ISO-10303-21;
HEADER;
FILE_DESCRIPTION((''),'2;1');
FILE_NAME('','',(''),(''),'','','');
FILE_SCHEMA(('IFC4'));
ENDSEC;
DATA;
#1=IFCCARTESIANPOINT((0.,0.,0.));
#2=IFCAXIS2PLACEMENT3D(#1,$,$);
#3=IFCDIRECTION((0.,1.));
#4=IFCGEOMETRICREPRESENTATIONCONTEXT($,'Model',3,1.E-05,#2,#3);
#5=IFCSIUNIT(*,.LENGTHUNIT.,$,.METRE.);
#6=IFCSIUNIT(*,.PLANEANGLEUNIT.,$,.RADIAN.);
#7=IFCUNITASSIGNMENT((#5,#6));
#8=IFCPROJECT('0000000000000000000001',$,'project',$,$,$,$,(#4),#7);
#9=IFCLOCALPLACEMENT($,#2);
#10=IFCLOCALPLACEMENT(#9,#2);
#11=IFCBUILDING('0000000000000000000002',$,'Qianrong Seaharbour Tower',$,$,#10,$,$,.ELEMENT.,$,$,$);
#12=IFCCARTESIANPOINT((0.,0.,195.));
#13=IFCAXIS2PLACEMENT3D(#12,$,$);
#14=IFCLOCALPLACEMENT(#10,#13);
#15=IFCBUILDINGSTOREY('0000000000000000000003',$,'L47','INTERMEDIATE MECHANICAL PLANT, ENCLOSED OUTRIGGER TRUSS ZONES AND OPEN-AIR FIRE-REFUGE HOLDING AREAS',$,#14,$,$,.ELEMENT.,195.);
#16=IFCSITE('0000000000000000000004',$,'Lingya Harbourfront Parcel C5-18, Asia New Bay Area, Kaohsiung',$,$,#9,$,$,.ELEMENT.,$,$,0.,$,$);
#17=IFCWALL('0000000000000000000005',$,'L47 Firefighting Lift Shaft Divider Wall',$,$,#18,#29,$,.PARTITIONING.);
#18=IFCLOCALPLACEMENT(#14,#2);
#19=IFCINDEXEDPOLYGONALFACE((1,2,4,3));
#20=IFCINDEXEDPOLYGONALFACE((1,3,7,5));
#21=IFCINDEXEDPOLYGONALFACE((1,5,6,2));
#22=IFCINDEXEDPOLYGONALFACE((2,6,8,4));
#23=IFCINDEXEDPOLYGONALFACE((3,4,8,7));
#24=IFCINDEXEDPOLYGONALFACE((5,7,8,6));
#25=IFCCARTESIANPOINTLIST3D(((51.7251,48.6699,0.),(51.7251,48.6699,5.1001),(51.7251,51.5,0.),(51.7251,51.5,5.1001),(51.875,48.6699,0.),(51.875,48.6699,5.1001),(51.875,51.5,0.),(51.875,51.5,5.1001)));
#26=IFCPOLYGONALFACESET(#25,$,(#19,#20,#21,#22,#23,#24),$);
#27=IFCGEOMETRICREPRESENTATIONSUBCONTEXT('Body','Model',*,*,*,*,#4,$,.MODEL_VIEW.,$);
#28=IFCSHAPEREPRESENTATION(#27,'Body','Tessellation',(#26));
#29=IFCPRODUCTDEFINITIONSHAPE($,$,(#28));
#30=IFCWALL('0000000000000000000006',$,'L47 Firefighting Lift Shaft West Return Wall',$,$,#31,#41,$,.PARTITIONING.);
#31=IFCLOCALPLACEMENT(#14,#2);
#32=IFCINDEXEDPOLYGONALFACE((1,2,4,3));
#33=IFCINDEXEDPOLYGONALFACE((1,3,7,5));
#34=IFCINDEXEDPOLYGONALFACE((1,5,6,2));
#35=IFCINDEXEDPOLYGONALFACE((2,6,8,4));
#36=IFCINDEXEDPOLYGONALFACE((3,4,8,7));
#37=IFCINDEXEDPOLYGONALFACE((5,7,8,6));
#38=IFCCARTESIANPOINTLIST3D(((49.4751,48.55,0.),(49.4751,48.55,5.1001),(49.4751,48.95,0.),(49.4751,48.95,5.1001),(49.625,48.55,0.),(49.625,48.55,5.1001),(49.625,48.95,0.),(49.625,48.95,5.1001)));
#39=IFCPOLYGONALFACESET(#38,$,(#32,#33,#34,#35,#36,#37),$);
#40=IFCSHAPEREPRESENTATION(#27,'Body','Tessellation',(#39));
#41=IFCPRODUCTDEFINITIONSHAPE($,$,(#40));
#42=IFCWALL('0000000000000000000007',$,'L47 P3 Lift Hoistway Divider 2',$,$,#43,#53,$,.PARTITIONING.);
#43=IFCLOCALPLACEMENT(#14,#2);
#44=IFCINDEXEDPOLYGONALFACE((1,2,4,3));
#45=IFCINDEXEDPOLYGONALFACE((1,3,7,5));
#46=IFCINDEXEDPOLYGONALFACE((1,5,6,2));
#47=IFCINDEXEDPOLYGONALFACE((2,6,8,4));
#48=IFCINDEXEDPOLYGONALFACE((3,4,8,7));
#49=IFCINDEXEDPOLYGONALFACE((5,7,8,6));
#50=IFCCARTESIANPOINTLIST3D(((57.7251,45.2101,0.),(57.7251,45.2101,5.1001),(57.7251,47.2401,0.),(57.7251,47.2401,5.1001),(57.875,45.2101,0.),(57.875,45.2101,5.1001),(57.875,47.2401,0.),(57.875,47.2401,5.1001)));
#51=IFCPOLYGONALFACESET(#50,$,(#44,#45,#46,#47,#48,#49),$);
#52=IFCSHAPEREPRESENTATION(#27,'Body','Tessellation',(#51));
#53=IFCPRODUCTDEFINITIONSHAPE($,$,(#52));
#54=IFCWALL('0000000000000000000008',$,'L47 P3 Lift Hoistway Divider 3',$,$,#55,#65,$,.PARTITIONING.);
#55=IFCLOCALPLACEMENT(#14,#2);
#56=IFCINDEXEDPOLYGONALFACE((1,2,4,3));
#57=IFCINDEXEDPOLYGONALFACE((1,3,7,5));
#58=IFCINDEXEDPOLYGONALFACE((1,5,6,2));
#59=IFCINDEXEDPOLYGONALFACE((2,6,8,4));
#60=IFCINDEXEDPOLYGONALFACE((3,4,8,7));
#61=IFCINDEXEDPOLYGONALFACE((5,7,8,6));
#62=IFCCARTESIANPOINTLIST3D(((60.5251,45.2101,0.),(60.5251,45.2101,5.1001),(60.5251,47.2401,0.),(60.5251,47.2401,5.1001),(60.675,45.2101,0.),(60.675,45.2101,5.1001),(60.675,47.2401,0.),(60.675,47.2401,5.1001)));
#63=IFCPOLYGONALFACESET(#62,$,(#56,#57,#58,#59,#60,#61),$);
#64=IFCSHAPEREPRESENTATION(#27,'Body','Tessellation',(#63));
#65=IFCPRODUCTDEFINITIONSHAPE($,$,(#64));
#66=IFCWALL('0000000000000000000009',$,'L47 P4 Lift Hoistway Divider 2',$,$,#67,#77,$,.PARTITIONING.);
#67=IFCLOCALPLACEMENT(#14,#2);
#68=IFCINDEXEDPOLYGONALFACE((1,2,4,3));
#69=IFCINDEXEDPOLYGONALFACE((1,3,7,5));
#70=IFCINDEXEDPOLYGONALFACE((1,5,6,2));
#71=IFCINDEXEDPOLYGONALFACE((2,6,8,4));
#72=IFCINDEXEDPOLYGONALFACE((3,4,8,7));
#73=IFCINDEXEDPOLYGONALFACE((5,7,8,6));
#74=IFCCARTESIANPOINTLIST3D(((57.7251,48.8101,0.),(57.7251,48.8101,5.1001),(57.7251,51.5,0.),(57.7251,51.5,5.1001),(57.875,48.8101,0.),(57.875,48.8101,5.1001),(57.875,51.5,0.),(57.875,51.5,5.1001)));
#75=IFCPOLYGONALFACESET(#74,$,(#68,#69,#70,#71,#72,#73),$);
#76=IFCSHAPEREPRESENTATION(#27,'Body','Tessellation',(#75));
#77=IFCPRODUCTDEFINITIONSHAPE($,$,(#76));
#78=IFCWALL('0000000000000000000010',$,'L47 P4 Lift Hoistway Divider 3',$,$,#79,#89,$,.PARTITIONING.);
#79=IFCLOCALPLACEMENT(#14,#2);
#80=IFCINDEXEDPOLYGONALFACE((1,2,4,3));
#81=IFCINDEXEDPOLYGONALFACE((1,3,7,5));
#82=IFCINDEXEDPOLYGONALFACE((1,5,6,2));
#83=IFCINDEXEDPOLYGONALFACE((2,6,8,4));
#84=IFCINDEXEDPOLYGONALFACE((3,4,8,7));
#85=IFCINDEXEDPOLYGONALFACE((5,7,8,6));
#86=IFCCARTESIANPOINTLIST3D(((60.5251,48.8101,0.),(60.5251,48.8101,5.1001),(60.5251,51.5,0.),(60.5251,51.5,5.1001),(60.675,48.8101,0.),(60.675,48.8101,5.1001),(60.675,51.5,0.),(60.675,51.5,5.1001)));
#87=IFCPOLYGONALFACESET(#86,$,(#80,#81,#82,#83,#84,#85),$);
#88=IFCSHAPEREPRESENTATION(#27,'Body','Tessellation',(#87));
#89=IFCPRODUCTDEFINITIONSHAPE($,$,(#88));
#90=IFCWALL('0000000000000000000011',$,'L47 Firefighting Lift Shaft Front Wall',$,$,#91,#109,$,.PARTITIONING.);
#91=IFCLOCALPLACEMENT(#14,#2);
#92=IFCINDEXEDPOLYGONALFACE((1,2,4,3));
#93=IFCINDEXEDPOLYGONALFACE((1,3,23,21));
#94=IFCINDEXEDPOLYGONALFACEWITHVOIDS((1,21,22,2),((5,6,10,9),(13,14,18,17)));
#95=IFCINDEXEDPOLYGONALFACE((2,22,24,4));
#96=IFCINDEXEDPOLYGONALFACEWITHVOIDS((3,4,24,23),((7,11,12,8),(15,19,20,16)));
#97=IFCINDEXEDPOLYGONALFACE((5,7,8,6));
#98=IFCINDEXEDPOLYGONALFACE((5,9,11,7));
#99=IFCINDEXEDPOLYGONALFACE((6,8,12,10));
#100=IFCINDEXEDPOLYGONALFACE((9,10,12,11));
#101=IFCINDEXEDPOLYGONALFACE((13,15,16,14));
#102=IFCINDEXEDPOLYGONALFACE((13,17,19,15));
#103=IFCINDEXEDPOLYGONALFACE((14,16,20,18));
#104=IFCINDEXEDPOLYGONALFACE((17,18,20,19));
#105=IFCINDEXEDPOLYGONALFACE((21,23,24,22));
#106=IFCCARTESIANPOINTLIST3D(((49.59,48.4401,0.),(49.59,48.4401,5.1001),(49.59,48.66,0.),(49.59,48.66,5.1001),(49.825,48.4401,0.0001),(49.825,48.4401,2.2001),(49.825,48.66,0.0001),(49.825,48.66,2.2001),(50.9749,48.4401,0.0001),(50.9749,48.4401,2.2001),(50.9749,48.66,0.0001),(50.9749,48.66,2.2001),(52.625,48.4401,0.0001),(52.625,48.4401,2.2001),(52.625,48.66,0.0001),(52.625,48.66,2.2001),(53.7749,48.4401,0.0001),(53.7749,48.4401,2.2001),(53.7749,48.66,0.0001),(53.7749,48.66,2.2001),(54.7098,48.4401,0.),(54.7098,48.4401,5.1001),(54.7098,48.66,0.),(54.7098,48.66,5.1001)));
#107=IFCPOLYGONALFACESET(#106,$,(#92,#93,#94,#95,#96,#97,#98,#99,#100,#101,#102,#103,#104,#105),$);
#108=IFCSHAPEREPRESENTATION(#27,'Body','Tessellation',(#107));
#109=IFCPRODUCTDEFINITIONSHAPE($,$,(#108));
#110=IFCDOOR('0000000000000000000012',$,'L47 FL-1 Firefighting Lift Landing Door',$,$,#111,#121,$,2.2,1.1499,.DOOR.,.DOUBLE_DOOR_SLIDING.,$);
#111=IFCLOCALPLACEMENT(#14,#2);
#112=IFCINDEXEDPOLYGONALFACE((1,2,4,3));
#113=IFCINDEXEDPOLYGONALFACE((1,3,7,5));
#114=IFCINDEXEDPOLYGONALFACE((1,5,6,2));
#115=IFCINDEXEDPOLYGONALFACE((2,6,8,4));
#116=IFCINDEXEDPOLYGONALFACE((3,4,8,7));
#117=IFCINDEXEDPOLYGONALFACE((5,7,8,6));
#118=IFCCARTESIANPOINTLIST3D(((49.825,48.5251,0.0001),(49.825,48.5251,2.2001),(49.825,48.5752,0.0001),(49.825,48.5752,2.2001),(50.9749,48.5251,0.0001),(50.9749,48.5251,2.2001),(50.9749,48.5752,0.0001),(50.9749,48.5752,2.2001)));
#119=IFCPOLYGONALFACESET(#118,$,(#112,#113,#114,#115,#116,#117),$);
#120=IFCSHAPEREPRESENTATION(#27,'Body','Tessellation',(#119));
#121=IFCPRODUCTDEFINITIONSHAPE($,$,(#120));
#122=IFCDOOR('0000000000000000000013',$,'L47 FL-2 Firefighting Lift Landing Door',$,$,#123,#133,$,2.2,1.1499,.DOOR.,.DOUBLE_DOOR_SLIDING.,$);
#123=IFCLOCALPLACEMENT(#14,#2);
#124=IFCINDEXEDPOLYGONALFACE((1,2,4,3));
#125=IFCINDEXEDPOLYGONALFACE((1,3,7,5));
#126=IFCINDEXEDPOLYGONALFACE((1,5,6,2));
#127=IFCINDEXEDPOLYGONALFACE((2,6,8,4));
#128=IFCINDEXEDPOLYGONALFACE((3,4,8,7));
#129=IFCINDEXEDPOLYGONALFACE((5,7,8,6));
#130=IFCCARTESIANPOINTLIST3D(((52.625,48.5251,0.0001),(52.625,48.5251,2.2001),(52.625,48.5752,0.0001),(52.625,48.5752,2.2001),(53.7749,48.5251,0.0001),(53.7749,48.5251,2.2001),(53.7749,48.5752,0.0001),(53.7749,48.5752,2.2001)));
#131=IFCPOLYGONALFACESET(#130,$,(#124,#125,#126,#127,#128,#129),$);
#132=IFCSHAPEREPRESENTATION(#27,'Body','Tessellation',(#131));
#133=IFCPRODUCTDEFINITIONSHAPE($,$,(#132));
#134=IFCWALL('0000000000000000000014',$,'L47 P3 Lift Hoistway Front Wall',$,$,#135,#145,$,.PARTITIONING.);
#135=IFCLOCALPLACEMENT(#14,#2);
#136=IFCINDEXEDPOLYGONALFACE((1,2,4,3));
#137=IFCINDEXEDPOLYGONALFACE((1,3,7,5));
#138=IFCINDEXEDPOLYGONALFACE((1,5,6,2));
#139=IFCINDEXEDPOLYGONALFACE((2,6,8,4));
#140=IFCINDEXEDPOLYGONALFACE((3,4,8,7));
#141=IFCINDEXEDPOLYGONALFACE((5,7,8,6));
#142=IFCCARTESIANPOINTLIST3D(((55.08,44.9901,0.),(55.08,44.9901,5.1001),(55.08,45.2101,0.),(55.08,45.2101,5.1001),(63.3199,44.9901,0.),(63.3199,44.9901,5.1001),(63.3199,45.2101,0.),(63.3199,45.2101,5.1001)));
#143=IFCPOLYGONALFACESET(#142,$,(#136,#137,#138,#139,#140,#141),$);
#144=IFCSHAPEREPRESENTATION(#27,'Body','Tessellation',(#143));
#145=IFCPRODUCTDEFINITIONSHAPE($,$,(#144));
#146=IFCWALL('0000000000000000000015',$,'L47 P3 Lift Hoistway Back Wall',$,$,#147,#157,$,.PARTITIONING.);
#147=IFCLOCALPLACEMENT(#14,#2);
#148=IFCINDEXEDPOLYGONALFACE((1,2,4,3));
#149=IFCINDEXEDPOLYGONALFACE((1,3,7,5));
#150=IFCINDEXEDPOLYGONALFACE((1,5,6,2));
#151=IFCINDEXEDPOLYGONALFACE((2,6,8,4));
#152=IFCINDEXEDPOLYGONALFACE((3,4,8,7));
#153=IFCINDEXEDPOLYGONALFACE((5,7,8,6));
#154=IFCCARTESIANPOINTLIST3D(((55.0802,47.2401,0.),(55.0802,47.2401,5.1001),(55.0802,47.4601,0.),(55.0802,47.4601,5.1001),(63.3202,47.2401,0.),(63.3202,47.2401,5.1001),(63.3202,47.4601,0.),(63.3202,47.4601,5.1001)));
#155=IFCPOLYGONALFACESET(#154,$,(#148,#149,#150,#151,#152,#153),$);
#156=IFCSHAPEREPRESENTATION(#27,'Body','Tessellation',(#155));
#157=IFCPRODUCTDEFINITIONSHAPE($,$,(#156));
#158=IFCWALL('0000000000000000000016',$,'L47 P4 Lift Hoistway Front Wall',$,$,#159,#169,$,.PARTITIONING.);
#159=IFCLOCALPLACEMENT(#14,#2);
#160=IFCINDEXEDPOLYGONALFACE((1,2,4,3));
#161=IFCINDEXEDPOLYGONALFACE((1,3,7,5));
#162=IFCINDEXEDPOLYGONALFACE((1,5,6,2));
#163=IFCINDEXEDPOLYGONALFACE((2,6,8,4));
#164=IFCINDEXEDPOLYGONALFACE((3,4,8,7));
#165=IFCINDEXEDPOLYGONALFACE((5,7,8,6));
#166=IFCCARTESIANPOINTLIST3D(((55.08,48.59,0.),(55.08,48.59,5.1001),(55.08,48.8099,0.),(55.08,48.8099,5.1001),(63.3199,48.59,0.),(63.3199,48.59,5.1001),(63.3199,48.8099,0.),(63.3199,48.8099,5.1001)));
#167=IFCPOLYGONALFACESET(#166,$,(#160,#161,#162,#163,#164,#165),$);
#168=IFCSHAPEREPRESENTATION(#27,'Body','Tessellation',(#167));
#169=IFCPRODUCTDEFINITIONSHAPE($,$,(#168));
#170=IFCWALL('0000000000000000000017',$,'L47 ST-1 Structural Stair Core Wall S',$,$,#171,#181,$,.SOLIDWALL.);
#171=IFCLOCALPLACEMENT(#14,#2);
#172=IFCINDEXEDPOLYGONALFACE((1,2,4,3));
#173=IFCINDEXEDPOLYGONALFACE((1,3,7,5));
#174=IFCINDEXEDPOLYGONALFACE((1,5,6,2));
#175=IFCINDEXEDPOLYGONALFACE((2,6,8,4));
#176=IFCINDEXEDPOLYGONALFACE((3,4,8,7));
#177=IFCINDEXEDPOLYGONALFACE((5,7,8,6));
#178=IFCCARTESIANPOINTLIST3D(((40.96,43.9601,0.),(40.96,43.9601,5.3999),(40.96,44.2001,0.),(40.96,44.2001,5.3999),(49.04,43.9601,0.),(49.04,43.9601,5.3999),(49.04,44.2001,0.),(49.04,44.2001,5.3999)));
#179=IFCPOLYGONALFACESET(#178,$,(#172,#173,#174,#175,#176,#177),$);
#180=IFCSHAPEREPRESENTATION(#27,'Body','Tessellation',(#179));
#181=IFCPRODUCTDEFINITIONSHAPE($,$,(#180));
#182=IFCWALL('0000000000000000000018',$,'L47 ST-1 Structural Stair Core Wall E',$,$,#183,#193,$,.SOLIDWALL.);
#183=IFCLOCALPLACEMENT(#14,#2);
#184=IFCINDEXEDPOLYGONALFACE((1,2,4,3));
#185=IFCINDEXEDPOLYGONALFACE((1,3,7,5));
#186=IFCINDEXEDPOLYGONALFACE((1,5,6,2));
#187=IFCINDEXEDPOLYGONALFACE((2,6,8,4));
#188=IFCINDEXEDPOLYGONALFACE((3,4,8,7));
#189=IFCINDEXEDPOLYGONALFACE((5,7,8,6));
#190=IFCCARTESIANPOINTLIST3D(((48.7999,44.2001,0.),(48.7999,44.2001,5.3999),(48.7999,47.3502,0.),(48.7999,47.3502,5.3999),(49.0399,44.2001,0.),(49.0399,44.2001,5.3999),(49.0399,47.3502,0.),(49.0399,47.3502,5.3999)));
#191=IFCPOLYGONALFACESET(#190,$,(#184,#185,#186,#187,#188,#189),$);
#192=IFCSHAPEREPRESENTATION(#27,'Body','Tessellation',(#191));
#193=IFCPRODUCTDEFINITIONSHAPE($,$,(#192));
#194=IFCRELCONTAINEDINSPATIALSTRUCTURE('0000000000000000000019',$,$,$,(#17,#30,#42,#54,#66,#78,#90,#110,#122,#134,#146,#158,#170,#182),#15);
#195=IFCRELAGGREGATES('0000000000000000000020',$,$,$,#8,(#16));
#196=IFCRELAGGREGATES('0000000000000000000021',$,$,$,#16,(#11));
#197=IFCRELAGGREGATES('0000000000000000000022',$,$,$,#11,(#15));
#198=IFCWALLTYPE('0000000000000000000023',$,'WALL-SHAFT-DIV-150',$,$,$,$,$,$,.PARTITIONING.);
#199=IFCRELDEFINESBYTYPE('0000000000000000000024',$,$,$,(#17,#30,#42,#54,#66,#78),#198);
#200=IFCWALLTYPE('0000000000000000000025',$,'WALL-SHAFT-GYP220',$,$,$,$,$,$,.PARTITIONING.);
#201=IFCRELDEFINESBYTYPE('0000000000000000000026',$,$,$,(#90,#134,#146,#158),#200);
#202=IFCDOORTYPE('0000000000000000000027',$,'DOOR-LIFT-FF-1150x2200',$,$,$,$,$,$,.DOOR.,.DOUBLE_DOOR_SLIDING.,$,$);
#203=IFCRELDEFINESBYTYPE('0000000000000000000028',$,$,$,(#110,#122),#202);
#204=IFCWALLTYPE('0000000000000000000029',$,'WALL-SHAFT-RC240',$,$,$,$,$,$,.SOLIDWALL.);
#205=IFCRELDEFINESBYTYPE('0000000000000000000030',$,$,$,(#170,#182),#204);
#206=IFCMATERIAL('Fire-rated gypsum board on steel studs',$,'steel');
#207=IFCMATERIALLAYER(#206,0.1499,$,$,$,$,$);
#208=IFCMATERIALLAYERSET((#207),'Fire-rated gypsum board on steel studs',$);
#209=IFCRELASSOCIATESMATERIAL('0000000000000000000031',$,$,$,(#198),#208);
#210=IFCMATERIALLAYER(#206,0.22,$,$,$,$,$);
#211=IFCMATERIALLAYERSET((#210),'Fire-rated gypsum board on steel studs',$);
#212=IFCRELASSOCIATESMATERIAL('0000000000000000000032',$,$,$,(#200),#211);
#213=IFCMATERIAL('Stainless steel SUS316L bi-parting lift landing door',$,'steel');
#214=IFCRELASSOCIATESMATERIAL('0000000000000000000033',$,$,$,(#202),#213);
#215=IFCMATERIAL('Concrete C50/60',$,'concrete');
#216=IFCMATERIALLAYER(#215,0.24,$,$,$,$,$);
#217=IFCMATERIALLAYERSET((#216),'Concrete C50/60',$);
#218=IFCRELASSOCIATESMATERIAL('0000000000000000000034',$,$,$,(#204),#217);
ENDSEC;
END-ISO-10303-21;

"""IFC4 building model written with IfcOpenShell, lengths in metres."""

from ifc_helpers import new_model, si_unit, direction, frame, frame_2d, origin, place, context, subcontext, project, spatial, rectangle, extrude, material, layer, layer_set, type_object, element, fill, save


model = new_model("IFC4")

# Units and contexts
model_context = context("Model", 3, precision=1e-05, world=origin(), true_north=direction((0.0, 1.0)))
body_context = subcontext(model_context, "Body", "Model", "MODEL_VIEW")
ifc_project = project(units=[si_unit("LENGTHUNIT", "METRE"), si_unit("PLANEANGLEUNIT", "RADIAN")], contexts=[model_context])

# Site, building, storey
site_placement = place(None, origin())
site = spatial("IfcSite", under=ifc_project, at=site_placement, Name="Lingya Harbourfront Parcel C5-18, Asia New Bay Area, Kaohsiung", CompositionType="ELEMENT", RefElevation=0.0)
building_placement = place(site_placement, origin())
building = spatial("IfcBuilding", under=site, at=building_placement, Name="Qianrong Seaharbour Tower", CompositionType="ELEMENT")
storey_placement = place(building_placement, frame((0.0, 0.0, 195.0)))
storey = spatial("IfcBuildingStorey", under=building, at=storey_placement, Name="L47", Description="INTERMEDIATE MECHANICAL PLANT, ENCLOSED OUTRIGGER TRUSS ZONES AND OPEN-AIR FIRE-REFUGE HOLDING AREAS", CompositionType="ELEMENT", Elevation=195.0)

# Walls
ifc_material_1 = material(Name="Fire-rated gypsum board on steel studs", Category="steel")
ifc_layer_1 = layer(ifc_material_1, 0.1499)
ifc_layer_set_1 = layer_set([ifc_layer_1], Name="Fire-rated gypsum board on steel studs")
wall_type_1 = type_object("IfcWallType", Name="WALL-SHAFT-DIV-150", PredefinedType="PARTITIONING", material=ifc_layer_set_1)
wall_1_placement = place(storey_placement, frame((51.8, 48.6699, 0.0), z_axis=(0.0, 0.0, 1.0), x_axis=(0.0, 1.0, 0.0)))
element("IfcWall", 1, at=wall_1_placement, inside=storey, type_object=wall_type_1, Name="L47 Firefighting Lift Shaft Divider Wall", PredefinedType="PARTITIONING", context=body_context, shape_type="SweptSolid", body=[
    extrude(rectangle(XDim=2.8301, YDim=0.1499, at=frame_2d((1.415, 0.0))), origin(), (0.0, 0.0, 1.0), 5.1001),
])
wall_2_placement = place(storey_placement, frame((49.55, 48.55, 0.0), z_axis=(0.0, 0.0, 1.0), x_axis=(0.0, 1.0, 0.0)))
element("IfcWall", 2, at=wall_2_placement, inside=storey, type_object=wall_type_1, Name="L47 Firefighting Lift Shaft West Return Wall", PredefinedType="PARTITIONING", context=body_context, shape_type="SweptSolid", body=[
    extrude(rectangle(XDim=0.3999, YDim=0.1499, at=frame_2d((0.2, 0.0))), origin(), (0.0, 0.0, 1.0), 5.1001),
])
for number, where, z_axis, x_axis, name in (
    (3, (57.8, 45.21, 0.0), (0.0, 0.0, 1.0), (0.0, 1.0, 0.0), "L47 P3 Lift Hoistway Divider 2"),
    (4, (60.6001, 45.21, 0.0), (0.0, 0.0, 1.0), (0.0, 1.0, 0.0), "L47 P3 Lift Hoistway Divider 3"),
):
    element("IfcWall", number, at=place(storey_placement, frame(where, z_axis=z_axis, x_axis=x_axis)), inside=storey, type_object=wall_type_1, Name=name, PredefinedType="PARTITIONING", context=body_context, shape_type="SweptSolid", body=[
        extrude(rectangle(XDim=2.03, YDim=0.1499, at=frame_2d((1.0151, 0.0))), origin(), (0.0, 0.0, 1.0), 5.1001),
    ])
for number, where, z_axis, x_axis, name in (
    (5, (57.8, 48.8101, 0.0), (0.0, 0.0, 1.0), (0.0, 1.0, 0.0), "L47 P4 Lift Hoistway Divider 2"),
    (6, (60.6001, 48.8101, 0.0), (0.0, 0.0, 1.0), (0.0, 1.0, 0.0), "L47 P4 Lift Hoistway Divider 3"),
):
    element("IfcWall", number, at=place(storey_placement, frame(where, z_axis=z_axis, x_axis=x_axis)), inside=storey, type_object=wall_type_1, Name=name, PredefinedType="PARTITIONING", context=body_context, shape_type="SweptSolid", body=[
        extrude(rectangle(XDim=2.6899, YDim=0.1499, at=frame_2d((1.345, 0.0))), origin(), (0.0, 0.0, 1.0), 5.1001),
    ])

# Wall, openings, doors
ifc_layer_2 = layer(ifc_material_1, 0.22)
ifc_layer_set_2 = layer_set([ifc_layer_2], Name="Fire-rated gypsum board on steel studs")
wall_type_2 = type_object("IfcWallType", Name="WALL-SHAFT-GYP220", PredefinedType="PARTITIONING", material=ifc_layer_set_2)
wall_3_placement = place(storey_placement, frame((54.71, 48.55, 0.0), z_axis=(0.0, 0.0, 1.0), x_axis=(-1.0, 0.0, 0.0)))
wall_3 = element("IfcWall", 7, at=wall_3_placement, inside=storey, type_object=wall_type_2, Name="L47 Firefighting Lift Shaft Front Wall", PredefinedType="PARTITIONING", context=body_context, shape_type="SweptSolid", body=[
    extrude(rectangle(XDim=5.1199, YDim=0.22, at=frame_2d((2.5601, 0.0))), origin(), (0.0, 0.0, 1.0), 5.1001),
])
opening_1_placement = place(wall_3_placement, frame((3.7351, 0.0, 0.0)))
opening_1 = element("IfcOpeningElement", 8, at=opening_1_placement, cuts=wall_3, PredefinedType="OPENING", context=body_context, shape_type="SweptSolid", body=[
    extrude(rectangle(XDim=1.1499, YDim=2.2, at=frame_2d((0.575, 1.1001))), frame((0.0, 0.1201, 0.0), z_axis=(0.0, -1.0, 0.0), x_axis=(1.0, 0.0, 0.0)), (0.0, 0.0, 1.0), 0.24),
])
opening_2_placement = place(wall_3_placement, frame((0.9351, 0.0, 0.0)))
opening_2 = element("IfcOpeningElement", 9, at=opening_2_placement, cuts=wall_3, PredefinedType="OPENING", context=body_context, shape_type="SweptSolid", body=[
    extrude(rectangle(XDim=1.1499, YDim=2.2, at=frame_2d((0.575, 1.1001))), frame((0.0, 0.1201, 0.0), z_axis=(0.0, -1.0, 0.0), x_axis=(1.0, 0.0, 0.0)), (0.0, 0.0, 1.0), 0.24),
])
ifc_material_2 = material(Name="Stainless steel SUS316L bi-parting lift landing door", Category="steel")
door_type_1 = type_object("IfcDoorType", Name="DOOR-LIFT-FF-1150x2200", OperationType="DOUBLE_DOOR_SLIDING", PredefinedType="DOOR", material=ifc_material_2)
door_1_placement = place(opening_1_placement, origin())
door_1 = element("IfcDoor", 10, at=door_1_placement, inside=storey, type_object=door_type_1, Name="L47 FL-1 Firefighting Lift Landing Door", OperationType="DOUBLE_DOOR_SLIDING", OverallHeight=2.2, OverallWidth=1.1499, PredefinedType="DOOR", context=body_context, shape_type="SweptSolid", body=[
    extrude(rectangle(XDim=1.1499, YDim=2.2, at=frame_2d((0.575, 1.1001))), frame((0.0, 0.0249, 0.0), z_axis=(0.0, -1.0, 0.0), x_axis=(1.0, 0.0, 0.0)), (0.0, 0.0, 1.0), 0.05),
])
fill(opening_1, door_1)
door_2_placement = place(opening_2_placement, origin())
door_2 = element("IfcDoor", 11, at=door_2_placement, inside=storey, type_object=door_type_1, Name="L47 FL-2 Firefighting Lift Landing Door", OperationType="DOUBLE_DOOR_SLIDING", OverallHeight=2.2, OverallWidth=1.1499, PredefinedType="DOOR", context=body_context, shape_type="SweptSolid", body=[
    extrude(rectangle(XDim=1.1499, YDim=2.2, at=frame_2d((0.575, 1.1001))), frame((0.0, 0.0249, 0.0), z_axis=(0.0, -1.0, 0.0), x_axis=(1.0, 0.0, 0.0)), (0.0, 0.0, 1.0), 0.05),
])
fill(opening_2, door_2)

# Walls
for number, where, z_axis, x_axis, name in (
    (12, (63.3201, 45.1001, 0.0), (0.0, 0.0, 1.0), (-1.0, 0.0, 0.0), "L47 P3 Lift Hoistway Front Wall"),
    (13, (55.0801, 47.3501, 0.0), (0.0, 0.0, 1.0), (1.0, 0.0, 0.0), "L47 P3 Lift Hoistway Back Wall"),
    (14, (63.3201, 48.7, 0.0), (0.0, 0.0, 1.0), (-1.0, 0.0, 0.0), "L47 P4 Lift Hoistway Front Wall"),
):
    element("IfcWall", number, at=place(storey_placement, frame(where, z_axis=z_axis, x_axis=x_axis)), inside=storey, type_object=wall_type_2, Name=name, PredefinedType="PARTITIONING", context=body_context, shape_type="SweptSolid", body=[
        extrude(rectangle(XDim=8.24, YDim=0.22, at=frame_2d((4.1201, 0.0))), origin(), (0.0, 0.0, 1.0), 5.1001),
    ])
ifc_material_3 = material(Name="Concrete C50/60", Category="concrete")
ifc_layer_3 = layer(ifc_material_3, 0.24)
ifc_layer_set_3 = layer_set([ifc_layer_3], Name="Concrete C50/60")
wall_type_3 = type_object("IfcWallType", Name="WALL-SHAFT-RC240", PredefinedType="SOLIDWALL", material=ifc_layer_set_3)
wall_4_placement = place(storey_placement, frame((49.04, 44.0801, 0.0), z_axis=(0.0, 0.0, 1.0), x_axis=(-1.0, 0.0, 0.0)))
element("IfcWall", 15, at=wall_4_placement, inside=storey, type_object=wall_type_3, Name="L47 ST-1 Structural Stair Core Wall S", PredefinedType="SOLIDWALL", context=body_context, shape_type="SweptSolid", body=[
    extrude(rectangle(XDim=8.0801, YDim=0.24, at=frame_2d((4.04, 0.0))), origin(), (0.0, 0.0, 1.0), 5.3999),
])
wall_5_placement = place(storey_placement, frame((48.9199, 44.2, 0.0), z_axis=(0.0, 0.0, 1.0), x_axis=(0.0, 1.0, 0.0)))
element("IfcWall", 16, at=wall_5_placement, inside=storey, type_object=wall_type_3, Name="L47 ST-1 Structural Stair Core Wall E", PredefinedType="SOLIDWALL", context=body_context, shape_type="SweptSolid", body=[
    extrude(rectangle(XDim=3.1501, YDim=0.24, at=frame_2d((1.5752, 0.0))), origin(), (0.0, 0.0, 1.0), 5.3999),
])

save(model, "model.ifc")
